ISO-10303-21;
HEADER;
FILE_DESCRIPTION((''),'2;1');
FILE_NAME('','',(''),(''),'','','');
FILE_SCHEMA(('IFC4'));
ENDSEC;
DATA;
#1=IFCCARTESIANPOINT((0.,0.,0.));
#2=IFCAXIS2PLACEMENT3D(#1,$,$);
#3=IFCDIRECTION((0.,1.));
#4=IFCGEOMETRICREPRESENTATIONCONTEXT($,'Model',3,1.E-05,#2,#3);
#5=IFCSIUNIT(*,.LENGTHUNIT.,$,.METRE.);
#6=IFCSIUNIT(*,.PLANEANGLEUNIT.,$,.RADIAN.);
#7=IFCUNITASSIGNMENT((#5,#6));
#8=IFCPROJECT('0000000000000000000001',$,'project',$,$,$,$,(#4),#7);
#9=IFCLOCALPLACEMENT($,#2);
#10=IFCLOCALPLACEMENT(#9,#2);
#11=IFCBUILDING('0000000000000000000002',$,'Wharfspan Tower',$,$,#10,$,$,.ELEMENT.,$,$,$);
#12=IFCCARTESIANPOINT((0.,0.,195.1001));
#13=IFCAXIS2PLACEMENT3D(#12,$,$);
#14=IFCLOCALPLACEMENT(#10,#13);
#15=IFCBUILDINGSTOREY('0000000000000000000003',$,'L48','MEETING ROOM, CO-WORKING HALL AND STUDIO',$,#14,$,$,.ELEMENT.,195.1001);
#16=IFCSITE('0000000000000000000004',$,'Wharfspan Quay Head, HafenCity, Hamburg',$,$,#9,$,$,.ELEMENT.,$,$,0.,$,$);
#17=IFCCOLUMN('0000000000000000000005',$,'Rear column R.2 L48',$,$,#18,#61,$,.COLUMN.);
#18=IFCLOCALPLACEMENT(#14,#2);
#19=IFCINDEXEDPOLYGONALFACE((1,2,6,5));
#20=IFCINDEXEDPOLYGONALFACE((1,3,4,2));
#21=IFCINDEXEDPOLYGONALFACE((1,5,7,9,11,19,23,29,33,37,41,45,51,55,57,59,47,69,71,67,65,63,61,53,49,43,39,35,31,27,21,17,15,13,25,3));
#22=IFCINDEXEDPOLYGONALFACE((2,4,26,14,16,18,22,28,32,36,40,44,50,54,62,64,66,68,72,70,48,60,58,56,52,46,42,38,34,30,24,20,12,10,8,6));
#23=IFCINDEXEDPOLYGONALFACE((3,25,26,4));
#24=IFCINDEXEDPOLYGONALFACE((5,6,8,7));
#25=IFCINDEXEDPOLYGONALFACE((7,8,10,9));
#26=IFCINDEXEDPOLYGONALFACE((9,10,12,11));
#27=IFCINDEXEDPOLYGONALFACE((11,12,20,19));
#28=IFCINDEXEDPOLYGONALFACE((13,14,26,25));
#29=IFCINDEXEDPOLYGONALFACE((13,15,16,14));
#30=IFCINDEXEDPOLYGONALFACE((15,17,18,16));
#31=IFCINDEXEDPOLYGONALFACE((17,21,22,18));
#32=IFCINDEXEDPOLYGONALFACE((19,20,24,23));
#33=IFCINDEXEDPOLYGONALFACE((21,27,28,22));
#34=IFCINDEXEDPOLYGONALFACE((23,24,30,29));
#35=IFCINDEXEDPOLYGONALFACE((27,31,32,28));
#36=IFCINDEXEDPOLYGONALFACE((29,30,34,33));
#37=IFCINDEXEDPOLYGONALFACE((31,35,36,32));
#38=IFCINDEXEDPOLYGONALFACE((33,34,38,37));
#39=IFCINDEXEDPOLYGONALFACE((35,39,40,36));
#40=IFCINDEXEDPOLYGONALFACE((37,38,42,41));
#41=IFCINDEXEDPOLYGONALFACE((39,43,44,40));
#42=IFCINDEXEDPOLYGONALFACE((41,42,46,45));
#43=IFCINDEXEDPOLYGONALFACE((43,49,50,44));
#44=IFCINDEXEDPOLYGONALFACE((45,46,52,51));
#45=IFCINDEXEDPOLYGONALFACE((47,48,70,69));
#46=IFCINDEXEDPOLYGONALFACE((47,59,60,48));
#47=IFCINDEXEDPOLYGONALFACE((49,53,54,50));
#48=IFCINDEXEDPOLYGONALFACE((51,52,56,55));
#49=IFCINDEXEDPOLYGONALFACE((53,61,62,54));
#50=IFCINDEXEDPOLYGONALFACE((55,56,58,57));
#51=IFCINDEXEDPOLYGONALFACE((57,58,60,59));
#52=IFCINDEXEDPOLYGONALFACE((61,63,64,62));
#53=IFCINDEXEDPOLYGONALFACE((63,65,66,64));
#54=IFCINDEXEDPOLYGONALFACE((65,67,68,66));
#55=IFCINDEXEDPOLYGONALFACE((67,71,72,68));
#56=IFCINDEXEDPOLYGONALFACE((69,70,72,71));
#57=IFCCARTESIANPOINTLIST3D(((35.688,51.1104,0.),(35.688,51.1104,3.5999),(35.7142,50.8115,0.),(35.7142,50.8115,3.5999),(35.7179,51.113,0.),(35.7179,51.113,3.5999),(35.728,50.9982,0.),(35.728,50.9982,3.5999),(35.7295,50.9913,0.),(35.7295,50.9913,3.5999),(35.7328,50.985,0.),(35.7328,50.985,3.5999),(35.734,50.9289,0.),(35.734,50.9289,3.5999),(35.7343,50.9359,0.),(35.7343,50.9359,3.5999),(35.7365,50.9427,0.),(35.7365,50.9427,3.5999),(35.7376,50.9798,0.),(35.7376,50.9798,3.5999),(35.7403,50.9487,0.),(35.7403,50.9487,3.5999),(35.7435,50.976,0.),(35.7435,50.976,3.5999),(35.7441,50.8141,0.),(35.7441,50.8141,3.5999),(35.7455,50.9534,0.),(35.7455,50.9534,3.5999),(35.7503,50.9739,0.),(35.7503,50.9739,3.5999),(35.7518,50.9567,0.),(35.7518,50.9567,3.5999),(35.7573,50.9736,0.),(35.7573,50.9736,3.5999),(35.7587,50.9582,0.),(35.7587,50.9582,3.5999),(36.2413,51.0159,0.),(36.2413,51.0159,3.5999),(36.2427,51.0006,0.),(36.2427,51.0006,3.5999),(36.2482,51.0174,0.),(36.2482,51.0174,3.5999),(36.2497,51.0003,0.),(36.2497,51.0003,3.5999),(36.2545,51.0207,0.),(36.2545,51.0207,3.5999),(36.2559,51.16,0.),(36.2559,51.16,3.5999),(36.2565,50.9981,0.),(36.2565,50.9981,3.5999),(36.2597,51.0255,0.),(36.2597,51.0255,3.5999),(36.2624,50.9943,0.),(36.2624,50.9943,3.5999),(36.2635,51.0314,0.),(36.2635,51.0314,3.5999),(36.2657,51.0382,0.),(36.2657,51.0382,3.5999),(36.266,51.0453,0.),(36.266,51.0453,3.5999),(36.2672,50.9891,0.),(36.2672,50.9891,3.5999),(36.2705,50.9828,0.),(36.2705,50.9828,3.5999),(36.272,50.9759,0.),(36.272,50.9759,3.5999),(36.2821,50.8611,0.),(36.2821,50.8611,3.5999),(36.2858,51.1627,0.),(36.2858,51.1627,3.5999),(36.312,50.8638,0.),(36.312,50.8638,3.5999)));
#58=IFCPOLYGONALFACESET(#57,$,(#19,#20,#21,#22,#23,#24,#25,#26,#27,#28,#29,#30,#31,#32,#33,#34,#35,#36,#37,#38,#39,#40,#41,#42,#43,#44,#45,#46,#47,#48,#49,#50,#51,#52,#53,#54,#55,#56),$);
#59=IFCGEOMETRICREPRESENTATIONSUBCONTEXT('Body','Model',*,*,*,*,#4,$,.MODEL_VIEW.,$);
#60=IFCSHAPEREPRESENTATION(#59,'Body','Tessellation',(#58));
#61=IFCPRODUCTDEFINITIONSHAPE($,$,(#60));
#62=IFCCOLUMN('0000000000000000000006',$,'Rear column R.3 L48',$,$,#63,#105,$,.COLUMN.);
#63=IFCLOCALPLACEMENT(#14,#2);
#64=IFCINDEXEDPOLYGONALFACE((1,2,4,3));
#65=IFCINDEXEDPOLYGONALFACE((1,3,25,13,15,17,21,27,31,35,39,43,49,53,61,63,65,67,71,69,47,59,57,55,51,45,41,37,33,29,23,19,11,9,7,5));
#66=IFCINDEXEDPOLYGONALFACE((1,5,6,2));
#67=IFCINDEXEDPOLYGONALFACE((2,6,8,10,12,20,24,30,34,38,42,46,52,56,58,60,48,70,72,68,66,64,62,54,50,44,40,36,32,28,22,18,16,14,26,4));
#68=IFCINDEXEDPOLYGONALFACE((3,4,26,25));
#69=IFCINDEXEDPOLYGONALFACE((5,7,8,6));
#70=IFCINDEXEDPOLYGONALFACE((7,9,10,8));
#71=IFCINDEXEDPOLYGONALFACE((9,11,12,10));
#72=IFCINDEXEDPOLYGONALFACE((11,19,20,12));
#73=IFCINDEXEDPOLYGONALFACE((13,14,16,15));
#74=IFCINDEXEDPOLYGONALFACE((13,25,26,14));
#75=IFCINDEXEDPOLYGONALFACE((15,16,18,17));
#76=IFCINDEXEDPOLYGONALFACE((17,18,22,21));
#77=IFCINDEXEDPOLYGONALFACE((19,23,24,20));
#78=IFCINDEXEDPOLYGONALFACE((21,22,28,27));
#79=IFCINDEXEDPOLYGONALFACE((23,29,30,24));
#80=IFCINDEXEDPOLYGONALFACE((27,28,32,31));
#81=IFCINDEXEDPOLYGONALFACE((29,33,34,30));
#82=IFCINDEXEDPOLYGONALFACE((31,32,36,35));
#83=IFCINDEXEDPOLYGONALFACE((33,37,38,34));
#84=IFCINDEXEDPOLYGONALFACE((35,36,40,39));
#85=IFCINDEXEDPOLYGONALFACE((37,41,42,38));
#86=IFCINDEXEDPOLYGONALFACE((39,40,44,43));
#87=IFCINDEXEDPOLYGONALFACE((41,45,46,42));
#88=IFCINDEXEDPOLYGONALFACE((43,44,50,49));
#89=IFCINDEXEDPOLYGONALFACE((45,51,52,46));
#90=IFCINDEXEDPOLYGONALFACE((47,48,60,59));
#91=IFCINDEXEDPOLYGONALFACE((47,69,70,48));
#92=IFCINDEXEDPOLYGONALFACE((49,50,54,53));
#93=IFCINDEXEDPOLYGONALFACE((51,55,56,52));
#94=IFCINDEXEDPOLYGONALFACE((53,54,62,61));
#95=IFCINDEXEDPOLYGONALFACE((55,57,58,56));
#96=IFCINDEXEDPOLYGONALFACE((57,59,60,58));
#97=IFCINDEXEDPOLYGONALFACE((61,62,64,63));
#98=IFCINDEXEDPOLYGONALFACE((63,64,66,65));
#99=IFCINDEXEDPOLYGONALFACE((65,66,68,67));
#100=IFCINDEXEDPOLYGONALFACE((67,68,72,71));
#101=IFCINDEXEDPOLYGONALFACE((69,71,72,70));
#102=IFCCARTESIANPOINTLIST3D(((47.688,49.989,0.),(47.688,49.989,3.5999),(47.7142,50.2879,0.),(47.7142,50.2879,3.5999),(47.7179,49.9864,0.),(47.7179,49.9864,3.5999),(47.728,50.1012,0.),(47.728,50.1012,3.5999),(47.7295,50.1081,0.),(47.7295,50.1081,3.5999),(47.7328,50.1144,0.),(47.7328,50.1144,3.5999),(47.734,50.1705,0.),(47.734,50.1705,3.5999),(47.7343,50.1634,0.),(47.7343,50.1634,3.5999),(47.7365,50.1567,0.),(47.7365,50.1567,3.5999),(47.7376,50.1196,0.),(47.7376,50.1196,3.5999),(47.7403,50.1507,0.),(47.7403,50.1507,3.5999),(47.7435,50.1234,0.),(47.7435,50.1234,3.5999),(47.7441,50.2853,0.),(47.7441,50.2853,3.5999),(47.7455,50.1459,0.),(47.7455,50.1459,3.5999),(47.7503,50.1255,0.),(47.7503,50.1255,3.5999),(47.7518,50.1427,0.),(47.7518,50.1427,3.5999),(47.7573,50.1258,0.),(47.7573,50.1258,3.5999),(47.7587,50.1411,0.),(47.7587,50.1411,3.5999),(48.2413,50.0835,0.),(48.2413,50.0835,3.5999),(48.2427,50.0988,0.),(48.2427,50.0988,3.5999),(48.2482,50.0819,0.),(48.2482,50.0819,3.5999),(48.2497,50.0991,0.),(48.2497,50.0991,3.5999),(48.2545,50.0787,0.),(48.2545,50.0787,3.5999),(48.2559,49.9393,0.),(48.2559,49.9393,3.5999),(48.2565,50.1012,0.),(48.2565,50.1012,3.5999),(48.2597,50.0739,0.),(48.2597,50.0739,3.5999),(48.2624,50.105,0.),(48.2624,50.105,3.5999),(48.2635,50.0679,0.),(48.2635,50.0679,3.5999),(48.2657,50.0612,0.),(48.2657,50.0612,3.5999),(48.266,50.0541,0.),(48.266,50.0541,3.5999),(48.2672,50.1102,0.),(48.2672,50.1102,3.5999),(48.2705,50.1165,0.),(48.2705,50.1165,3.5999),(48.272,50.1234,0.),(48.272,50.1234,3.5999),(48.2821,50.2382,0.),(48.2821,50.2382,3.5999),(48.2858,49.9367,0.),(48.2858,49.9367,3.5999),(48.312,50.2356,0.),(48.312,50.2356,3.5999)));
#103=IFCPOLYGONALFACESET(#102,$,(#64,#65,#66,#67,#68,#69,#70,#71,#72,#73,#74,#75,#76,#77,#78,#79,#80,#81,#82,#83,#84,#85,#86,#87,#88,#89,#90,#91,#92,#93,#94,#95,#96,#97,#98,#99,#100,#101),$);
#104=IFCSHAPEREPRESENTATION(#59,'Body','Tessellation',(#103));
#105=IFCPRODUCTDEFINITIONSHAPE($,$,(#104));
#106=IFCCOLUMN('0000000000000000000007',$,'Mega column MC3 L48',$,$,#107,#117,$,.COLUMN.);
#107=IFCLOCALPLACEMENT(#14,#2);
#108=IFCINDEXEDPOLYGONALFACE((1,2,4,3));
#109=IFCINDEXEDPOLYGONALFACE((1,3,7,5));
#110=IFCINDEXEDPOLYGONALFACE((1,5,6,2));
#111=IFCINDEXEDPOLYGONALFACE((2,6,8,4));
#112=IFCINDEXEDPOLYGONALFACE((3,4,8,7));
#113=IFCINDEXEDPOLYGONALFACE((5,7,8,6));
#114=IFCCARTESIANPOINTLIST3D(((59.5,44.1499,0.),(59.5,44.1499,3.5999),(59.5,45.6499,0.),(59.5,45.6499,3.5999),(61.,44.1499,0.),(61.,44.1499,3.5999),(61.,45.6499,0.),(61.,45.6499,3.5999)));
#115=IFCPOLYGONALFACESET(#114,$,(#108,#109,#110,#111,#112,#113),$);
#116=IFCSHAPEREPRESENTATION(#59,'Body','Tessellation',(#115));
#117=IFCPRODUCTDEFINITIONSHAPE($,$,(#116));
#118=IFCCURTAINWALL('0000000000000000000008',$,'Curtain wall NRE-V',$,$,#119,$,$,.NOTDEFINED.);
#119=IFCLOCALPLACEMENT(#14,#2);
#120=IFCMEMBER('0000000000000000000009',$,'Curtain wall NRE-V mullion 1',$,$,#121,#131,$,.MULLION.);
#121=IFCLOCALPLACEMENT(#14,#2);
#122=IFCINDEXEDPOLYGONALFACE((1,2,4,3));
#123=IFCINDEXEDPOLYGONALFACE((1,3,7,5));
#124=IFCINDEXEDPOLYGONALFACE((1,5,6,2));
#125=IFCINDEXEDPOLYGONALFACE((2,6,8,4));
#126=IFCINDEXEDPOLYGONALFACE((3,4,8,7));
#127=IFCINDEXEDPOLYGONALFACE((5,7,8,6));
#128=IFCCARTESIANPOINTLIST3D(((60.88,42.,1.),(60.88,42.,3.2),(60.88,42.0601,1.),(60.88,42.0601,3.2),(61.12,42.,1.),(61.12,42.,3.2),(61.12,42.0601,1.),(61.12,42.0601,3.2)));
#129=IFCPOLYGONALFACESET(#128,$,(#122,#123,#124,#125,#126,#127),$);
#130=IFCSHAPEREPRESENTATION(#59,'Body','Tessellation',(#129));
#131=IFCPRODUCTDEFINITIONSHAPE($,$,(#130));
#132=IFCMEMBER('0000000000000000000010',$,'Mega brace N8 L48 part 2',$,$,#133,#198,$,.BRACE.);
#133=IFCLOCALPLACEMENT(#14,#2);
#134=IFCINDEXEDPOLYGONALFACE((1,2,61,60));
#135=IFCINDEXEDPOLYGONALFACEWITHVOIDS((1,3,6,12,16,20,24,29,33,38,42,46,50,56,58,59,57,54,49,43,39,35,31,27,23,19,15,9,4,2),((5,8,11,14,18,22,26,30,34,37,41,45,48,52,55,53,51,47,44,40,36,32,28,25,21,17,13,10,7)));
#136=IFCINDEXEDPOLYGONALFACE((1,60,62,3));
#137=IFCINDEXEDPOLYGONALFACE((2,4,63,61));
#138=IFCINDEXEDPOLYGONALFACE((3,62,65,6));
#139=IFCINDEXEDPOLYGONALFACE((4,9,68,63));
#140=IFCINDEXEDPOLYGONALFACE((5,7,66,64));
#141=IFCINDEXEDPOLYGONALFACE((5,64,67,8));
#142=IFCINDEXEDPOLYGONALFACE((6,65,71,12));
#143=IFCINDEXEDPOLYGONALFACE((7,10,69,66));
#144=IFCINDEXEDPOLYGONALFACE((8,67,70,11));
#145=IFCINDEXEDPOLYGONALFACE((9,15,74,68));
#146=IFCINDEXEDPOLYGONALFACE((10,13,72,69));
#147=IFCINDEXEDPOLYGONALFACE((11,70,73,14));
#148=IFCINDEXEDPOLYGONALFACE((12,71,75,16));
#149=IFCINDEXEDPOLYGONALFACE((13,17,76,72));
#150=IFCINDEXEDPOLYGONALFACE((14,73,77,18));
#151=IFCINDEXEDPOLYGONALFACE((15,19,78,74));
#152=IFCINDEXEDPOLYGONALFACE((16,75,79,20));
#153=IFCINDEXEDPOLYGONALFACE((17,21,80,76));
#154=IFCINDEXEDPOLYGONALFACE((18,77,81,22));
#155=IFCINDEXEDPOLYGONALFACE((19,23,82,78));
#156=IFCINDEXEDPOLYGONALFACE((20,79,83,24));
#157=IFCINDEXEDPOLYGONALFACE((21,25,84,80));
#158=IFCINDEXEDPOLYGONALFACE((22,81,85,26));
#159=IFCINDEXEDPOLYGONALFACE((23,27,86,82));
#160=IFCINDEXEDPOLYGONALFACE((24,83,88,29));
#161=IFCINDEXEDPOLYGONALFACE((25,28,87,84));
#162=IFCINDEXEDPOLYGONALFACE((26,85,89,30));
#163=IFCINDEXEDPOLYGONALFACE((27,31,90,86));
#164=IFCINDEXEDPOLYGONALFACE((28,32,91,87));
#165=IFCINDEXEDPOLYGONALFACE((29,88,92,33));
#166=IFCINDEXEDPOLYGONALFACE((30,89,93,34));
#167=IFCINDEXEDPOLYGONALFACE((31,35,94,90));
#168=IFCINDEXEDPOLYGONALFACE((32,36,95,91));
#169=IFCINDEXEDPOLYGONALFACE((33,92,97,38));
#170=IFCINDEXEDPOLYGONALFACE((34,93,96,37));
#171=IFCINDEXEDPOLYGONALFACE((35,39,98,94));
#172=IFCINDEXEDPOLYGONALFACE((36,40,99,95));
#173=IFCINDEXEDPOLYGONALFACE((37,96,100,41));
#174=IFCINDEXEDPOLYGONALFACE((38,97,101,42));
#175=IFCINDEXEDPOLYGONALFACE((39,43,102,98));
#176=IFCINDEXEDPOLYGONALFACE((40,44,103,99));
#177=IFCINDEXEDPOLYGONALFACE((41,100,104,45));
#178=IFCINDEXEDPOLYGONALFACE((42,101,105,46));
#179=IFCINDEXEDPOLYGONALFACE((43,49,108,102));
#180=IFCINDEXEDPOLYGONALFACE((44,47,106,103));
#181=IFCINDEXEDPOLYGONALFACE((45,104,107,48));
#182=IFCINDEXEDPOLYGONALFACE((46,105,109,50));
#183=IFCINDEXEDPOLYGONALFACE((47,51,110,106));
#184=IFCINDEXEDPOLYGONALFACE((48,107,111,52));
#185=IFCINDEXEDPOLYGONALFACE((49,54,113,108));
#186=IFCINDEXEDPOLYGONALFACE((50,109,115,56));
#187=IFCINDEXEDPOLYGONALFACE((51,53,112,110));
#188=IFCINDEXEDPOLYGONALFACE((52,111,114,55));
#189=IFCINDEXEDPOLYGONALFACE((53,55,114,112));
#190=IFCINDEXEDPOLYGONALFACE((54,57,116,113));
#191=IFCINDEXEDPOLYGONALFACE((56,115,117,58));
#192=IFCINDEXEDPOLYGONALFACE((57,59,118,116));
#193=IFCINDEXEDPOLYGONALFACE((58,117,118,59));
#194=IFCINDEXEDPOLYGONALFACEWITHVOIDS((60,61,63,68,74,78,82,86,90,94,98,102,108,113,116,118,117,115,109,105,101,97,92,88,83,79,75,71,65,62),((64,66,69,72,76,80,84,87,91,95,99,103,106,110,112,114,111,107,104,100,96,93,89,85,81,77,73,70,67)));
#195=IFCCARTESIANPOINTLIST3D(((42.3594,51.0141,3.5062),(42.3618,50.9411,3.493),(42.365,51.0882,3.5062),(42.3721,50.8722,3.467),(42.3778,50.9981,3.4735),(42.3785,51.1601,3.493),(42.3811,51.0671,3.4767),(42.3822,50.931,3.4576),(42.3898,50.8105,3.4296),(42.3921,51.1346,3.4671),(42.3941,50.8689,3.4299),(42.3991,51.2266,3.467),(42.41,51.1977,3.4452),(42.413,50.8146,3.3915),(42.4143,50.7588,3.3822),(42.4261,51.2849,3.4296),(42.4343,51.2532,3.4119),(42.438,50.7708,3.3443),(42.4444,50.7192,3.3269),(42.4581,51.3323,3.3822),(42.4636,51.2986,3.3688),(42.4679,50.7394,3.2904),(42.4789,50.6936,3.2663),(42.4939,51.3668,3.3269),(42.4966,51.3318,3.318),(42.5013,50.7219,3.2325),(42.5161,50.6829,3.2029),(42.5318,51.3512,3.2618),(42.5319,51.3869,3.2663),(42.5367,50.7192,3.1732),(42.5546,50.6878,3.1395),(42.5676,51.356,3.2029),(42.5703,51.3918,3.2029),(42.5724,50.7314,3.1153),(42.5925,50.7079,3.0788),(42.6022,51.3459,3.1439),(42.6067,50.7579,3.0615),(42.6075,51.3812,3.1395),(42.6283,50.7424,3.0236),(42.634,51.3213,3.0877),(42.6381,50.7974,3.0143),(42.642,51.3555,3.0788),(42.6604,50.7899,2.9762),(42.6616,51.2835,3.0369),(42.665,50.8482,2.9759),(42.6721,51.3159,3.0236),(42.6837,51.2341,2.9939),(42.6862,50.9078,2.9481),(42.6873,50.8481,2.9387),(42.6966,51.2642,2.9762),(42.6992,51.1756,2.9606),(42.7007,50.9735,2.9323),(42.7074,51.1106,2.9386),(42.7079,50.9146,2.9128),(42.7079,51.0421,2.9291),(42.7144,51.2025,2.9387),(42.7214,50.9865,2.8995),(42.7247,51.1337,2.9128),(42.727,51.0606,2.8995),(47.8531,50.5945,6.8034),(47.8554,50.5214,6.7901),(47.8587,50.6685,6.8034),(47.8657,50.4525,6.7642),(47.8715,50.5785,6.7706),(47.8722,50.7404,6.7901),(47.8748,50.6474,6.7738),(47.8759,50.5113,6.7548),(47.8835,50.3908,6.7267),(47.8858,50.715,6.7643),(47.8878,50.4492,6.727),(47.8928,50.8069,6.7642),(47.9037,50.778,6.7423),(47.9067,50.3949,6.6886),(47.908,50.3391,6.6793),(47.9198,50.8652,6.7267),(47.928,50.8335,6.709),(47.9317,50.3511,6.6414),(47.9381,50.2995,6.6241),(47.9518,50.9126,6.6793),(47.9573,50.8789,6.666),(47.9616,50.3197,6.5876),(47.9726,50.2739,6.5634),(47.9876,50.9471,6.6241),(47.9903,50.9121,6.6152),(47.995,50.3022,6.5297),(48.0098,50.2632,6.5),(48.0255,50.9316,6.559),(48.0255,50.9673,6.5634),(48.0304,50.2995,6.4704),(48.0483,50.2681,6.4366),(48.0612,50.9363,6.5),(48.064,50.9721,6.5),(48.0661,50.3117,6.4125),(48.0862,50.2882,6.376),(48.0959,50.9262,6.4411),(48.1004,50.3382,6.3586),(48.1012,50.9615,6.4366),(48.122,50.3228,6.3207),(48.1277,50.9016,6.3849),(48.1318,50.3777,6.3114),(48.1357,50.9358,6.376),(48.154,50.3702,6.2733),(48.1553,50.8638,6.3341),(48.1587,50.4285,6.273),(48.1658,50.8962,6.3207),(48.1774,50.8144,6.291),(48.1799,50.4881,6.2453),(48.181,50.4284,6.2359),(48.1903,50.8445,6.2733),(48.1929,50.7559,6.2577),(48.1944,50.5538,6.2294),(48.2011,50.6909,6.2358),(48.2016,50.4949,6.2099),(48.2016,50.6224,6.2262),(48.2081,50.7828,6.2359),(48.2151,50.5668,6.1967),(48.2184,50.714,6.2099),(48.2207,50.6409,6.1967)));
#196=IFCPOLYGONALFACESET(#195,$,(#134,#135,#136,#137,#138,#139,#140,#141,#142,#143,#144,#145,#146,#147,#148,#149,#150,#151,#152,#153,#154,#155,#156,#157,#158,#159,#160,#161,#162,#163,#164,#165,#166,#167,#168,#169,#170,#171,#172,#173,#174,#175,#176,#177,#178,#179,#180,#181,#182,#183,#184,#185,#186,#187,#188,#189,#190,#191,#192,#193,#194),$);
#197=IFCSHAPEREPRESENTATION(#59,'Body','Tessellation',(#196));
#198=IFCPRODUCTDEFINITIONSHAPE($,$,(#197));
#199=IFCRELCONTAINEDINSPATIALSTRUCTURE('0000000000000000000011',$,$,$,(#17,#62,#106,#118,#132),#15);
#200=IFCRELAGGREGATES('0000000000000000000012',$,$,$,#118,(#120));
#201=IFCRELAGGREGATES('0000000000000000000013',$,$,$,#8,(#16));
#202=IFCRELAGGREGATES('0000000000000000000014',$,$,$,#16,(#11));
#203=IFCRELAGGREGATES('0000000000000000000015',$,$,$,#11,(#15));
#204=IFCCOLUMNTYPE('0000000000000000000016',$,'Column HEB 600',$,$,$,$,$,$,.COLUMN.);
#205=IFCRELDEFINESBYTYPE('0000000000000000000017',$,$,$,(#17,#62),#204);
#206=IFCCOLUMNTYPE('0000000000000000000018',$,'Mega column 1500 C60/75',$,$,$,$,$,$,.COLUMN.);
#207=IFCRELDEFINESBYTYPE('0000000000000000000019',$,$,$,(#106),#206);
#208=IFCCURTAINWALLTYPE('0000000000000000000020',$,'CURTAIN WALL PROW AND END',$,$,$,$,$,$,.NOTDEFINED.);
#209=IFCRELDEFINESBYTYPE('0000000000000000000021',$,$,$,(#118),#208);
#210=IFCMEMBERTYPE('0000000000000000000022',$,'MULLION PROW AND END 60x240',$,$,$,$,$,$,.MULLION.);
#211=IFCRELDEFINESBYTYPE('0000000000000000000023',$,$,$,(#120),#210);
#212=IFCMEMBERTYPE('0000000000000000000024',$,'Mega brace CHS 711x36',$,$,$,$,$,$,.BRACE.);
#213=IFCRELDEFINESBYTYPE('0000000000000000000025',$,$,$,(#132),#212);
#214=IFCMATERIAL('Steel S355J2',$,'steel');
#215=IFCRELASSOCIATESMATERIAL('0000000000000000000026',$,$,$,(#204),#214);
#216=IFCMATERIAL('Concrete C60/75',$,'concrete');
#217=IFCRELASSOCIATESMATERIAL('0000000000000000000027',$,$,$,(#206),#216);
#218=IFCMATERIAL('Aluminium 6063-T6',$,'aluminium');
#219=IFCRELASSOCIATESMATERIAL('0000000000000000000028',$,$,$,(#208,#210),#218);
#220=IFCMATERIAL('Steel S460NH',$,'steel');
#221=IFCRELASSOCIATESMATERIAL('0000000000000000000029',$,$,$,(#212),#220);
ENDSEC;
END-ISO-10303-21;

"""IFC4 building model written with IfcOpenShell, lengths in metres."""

from ifc_helpers import new_model, si_unit, direction, frame, origin, origin_2d, place, context, subcontext, project, spatial, rectangle, hollow_circle, i_section, extrude, material, material_profile, profile_set, type_object, element, aggregate, save


model = new_model("IFC4")

# Units and contexts
model_context = context("Model", 3, precision=1e-05, world=origin(), true_north=direction((0.0, 1.0)))
body_context = subcontext(model_context, "Body", "Model", "MODEL_VIEW")
ifc_project = project(units=[si_unit("LENGTHUNIT", "METRE"), si_unit("PLANEANGLEUNIT", "RADIAN")], contexts=[model_context])

# Site, building, storey
site_placement = place(None, origin())
site = spatial("IfcSite", under=ifc_project, at=site_placement, Name="Wharfspan Quay Head, HafenCity, Hamburg", CompositionType="ELEMENT", RefElevation=0.0)
building_placement = place(site_placement, origin())
building = spatial("IfcBuilding", under=site, at=building_placement, Name="Wharfspan Tower", CompositionType="ELEMENT")
storey_placement = place(building_placement, frame((0.0, 0.0, 195.1001)))
storey = spatial("IfcBuildingStorey", under=building, at=storey_placement, Name="L48", Description="MEETING ROOM, CO-WORKING HALL AND STUDIO", CompositionType="ELEMENT", Elevation=195.1001)

# Columns
ifc_material_1 = material(Name="Steel S355J2", Category="steel")
ifc_material_profile_1 = material_profile(ifc_material_1, i_section(OverallWidth=0.3, OverallDepth=0.6001, WebThickness=0.0154, FlangeThickness=0.03, FilletRadius=0.0271, at=origin_2d()))
ifc_profile_set_1 = profile_set([ifc_material_profile_1], Name="Steel S355J2")
column_type_1 = type_object("IfcColumnType", Name="Column HEB 600", PredefinedType="COLUMN", material=ifc_profile_set_1)
for number, where, z_axis, x_axis, name in (
    (1, (36.0, 50.9871, 0.0), (0.0, 0.0, 1.0), (-0.087156, 0.996198, 0.0), "Rear column R.2 L48"),
    (2, (48.0, 50.1123, 0.0), (0.0, 0.0, 1.0), (0.087156, 0.996198, 0.0), "Rear column R.3 L48"),
):
    element("IfcColumn", number, at=place(storey_placement, frame(where, z_axis=z_axis, x_axis=x_axis)), inside=storey, type_object=column_type_1, Name=name, PredefinedType="COLUMN", context=body_context, shape_type="SweptSolid", body=[
        extrude(i_section(OverallWidth=0.3, OverallDepth=0.6001, WebThickness=0.0154, FlangeThickness=0.03, FilletRadius=0.0271, at=origin_2d()), origin(), (0.0, 0.0, 1.0), 3.5999),
    ])
ifc_material_2 = material(Name="Concrete C60/75", Category="concrete")
ifc_material_profile_2 = material_profile(ifc_material_2, rectangle(XDim=1.5, YDim=1.5, at=origin_2d()))
ifc_profile_set_2 = profile_set([ifc_material_profile_2], Name="Concrete C60/75")
column_type_2 = type_object("IfcColumnType", Name="Mega column 1500 C60/75", PredefinedType="COLUMN", material=ifc_profile_set_2)
column_placement = place(storey_placement, frame((60.25, 44.8999, 0.0), z_axis=(0.0, 0.0, 1.0), x_axis=(1.0, 0.0, 0.0)))
element("IfcColumn", 3, at=column_placement, inside=storey, type_object=column_type_2, Name="Mega column MC3 L48", PredefinedType="COLUMN", context=body_context, shape_type="SweptSolid", body=[
    extrude(rectangle(XDim=1.5, YDim=1.5, at=origin_2d()), origin(), (0.0, 0.0, 1.0), 3.5999),
])

# Curtain wall, member
ifc_material_3 = material(Name="Aluminium 6063-T6", Category="aluminium")
curtain_wall_type = type_object("IfcCurtainWallType", Name="CURTAIN WALL PROW AND END", PredefinedType="NOTDEFINED", material=ifc_material_3)
curtain_wall_placement = place(storey_placement, origin())
curtain_wall = element("IfcCurtainWall", 4, at=curtain_wall_placement, inside=storey, type_object=curtain_wall_type, Name="Curtain wall NRE-V", PredefinedType="NOTDEFINED")
ifc_material_profile_3 = material_profile(ifc_material_3, rectangle(XDim=0.24, YDim=0.0601, at=origin_2d()))
ifc_profile_set_3 = profile_set([ifc_material_profile_3], Name="Aluminium 6063-T6")
member_type_1 = type_object("IfcMemberType", Name="MULLION PROW AND END 60x240", PredefinedType="MULLION", material=ifc_profile_set_3)
member_1_placement = place(storey_placement, frame((61.0, 42.03, 1.0), z_axis=(0.0, 0.0, 1.0), x_axis=(-1.0, 0.0, 0.0)))
member_1 = element("IfcMember", 5, at=member_1_placement, type_object=member_type_1, Name="Curtain wall NRE-V mullion 1", PredefinedType="MULLION", context=body_context, shape_type="SweptSolid", body=[
    extrude(rectangle(XDim=0.24, YDim=0.0601, at=origin_2d()), origin(), (0.0, 0.0, 1.0), 2.2),
])

# Member
ifc_material_4 = material(Name="Steel S460NH", Category="steel")
ifc_material_profile_4 = material_profile(ifc_material_4, hollow_circle(Radius=0.3555, WallThickness=0.0359, at=origin_2d()))
ifc_profile_set_4 = profile_set([ifc_material_profile_4], Name="Steel S460NH")
member_type_2 = type_object("IfcMemberType", Name="Mega brace CHS 711x36", PredefinedType="BRACE", material=ifc_profile_set_4)
for number, where, z_axis, x_axis, name in (
    (6, (42.5432, 51.0374, 3.2029), (0.855596, -0.065362, 0.513502), (0.076171, 0.997095, 0.000001), "Mega brace N8 L48 part 2"),
):
    element("IfcMember", number, at=place(storey_placement, frame(where, z_axis=z_axis, x_axis=x_axis)), inside=storey, type_object=member_type_2, Name=name, PredefinedType="BRACE", context=body_context, shape_type="SweptSolid", body=[
        extrude(hollow_circle(Radius=0.3555, WallThickness=0.0359, at=origin_2d()), origin(), (0.0, 0.0, 1.0), 6.4209),
    ])

aggregate(curtain_wall, [member_1])

save(model, "model.ifc")
